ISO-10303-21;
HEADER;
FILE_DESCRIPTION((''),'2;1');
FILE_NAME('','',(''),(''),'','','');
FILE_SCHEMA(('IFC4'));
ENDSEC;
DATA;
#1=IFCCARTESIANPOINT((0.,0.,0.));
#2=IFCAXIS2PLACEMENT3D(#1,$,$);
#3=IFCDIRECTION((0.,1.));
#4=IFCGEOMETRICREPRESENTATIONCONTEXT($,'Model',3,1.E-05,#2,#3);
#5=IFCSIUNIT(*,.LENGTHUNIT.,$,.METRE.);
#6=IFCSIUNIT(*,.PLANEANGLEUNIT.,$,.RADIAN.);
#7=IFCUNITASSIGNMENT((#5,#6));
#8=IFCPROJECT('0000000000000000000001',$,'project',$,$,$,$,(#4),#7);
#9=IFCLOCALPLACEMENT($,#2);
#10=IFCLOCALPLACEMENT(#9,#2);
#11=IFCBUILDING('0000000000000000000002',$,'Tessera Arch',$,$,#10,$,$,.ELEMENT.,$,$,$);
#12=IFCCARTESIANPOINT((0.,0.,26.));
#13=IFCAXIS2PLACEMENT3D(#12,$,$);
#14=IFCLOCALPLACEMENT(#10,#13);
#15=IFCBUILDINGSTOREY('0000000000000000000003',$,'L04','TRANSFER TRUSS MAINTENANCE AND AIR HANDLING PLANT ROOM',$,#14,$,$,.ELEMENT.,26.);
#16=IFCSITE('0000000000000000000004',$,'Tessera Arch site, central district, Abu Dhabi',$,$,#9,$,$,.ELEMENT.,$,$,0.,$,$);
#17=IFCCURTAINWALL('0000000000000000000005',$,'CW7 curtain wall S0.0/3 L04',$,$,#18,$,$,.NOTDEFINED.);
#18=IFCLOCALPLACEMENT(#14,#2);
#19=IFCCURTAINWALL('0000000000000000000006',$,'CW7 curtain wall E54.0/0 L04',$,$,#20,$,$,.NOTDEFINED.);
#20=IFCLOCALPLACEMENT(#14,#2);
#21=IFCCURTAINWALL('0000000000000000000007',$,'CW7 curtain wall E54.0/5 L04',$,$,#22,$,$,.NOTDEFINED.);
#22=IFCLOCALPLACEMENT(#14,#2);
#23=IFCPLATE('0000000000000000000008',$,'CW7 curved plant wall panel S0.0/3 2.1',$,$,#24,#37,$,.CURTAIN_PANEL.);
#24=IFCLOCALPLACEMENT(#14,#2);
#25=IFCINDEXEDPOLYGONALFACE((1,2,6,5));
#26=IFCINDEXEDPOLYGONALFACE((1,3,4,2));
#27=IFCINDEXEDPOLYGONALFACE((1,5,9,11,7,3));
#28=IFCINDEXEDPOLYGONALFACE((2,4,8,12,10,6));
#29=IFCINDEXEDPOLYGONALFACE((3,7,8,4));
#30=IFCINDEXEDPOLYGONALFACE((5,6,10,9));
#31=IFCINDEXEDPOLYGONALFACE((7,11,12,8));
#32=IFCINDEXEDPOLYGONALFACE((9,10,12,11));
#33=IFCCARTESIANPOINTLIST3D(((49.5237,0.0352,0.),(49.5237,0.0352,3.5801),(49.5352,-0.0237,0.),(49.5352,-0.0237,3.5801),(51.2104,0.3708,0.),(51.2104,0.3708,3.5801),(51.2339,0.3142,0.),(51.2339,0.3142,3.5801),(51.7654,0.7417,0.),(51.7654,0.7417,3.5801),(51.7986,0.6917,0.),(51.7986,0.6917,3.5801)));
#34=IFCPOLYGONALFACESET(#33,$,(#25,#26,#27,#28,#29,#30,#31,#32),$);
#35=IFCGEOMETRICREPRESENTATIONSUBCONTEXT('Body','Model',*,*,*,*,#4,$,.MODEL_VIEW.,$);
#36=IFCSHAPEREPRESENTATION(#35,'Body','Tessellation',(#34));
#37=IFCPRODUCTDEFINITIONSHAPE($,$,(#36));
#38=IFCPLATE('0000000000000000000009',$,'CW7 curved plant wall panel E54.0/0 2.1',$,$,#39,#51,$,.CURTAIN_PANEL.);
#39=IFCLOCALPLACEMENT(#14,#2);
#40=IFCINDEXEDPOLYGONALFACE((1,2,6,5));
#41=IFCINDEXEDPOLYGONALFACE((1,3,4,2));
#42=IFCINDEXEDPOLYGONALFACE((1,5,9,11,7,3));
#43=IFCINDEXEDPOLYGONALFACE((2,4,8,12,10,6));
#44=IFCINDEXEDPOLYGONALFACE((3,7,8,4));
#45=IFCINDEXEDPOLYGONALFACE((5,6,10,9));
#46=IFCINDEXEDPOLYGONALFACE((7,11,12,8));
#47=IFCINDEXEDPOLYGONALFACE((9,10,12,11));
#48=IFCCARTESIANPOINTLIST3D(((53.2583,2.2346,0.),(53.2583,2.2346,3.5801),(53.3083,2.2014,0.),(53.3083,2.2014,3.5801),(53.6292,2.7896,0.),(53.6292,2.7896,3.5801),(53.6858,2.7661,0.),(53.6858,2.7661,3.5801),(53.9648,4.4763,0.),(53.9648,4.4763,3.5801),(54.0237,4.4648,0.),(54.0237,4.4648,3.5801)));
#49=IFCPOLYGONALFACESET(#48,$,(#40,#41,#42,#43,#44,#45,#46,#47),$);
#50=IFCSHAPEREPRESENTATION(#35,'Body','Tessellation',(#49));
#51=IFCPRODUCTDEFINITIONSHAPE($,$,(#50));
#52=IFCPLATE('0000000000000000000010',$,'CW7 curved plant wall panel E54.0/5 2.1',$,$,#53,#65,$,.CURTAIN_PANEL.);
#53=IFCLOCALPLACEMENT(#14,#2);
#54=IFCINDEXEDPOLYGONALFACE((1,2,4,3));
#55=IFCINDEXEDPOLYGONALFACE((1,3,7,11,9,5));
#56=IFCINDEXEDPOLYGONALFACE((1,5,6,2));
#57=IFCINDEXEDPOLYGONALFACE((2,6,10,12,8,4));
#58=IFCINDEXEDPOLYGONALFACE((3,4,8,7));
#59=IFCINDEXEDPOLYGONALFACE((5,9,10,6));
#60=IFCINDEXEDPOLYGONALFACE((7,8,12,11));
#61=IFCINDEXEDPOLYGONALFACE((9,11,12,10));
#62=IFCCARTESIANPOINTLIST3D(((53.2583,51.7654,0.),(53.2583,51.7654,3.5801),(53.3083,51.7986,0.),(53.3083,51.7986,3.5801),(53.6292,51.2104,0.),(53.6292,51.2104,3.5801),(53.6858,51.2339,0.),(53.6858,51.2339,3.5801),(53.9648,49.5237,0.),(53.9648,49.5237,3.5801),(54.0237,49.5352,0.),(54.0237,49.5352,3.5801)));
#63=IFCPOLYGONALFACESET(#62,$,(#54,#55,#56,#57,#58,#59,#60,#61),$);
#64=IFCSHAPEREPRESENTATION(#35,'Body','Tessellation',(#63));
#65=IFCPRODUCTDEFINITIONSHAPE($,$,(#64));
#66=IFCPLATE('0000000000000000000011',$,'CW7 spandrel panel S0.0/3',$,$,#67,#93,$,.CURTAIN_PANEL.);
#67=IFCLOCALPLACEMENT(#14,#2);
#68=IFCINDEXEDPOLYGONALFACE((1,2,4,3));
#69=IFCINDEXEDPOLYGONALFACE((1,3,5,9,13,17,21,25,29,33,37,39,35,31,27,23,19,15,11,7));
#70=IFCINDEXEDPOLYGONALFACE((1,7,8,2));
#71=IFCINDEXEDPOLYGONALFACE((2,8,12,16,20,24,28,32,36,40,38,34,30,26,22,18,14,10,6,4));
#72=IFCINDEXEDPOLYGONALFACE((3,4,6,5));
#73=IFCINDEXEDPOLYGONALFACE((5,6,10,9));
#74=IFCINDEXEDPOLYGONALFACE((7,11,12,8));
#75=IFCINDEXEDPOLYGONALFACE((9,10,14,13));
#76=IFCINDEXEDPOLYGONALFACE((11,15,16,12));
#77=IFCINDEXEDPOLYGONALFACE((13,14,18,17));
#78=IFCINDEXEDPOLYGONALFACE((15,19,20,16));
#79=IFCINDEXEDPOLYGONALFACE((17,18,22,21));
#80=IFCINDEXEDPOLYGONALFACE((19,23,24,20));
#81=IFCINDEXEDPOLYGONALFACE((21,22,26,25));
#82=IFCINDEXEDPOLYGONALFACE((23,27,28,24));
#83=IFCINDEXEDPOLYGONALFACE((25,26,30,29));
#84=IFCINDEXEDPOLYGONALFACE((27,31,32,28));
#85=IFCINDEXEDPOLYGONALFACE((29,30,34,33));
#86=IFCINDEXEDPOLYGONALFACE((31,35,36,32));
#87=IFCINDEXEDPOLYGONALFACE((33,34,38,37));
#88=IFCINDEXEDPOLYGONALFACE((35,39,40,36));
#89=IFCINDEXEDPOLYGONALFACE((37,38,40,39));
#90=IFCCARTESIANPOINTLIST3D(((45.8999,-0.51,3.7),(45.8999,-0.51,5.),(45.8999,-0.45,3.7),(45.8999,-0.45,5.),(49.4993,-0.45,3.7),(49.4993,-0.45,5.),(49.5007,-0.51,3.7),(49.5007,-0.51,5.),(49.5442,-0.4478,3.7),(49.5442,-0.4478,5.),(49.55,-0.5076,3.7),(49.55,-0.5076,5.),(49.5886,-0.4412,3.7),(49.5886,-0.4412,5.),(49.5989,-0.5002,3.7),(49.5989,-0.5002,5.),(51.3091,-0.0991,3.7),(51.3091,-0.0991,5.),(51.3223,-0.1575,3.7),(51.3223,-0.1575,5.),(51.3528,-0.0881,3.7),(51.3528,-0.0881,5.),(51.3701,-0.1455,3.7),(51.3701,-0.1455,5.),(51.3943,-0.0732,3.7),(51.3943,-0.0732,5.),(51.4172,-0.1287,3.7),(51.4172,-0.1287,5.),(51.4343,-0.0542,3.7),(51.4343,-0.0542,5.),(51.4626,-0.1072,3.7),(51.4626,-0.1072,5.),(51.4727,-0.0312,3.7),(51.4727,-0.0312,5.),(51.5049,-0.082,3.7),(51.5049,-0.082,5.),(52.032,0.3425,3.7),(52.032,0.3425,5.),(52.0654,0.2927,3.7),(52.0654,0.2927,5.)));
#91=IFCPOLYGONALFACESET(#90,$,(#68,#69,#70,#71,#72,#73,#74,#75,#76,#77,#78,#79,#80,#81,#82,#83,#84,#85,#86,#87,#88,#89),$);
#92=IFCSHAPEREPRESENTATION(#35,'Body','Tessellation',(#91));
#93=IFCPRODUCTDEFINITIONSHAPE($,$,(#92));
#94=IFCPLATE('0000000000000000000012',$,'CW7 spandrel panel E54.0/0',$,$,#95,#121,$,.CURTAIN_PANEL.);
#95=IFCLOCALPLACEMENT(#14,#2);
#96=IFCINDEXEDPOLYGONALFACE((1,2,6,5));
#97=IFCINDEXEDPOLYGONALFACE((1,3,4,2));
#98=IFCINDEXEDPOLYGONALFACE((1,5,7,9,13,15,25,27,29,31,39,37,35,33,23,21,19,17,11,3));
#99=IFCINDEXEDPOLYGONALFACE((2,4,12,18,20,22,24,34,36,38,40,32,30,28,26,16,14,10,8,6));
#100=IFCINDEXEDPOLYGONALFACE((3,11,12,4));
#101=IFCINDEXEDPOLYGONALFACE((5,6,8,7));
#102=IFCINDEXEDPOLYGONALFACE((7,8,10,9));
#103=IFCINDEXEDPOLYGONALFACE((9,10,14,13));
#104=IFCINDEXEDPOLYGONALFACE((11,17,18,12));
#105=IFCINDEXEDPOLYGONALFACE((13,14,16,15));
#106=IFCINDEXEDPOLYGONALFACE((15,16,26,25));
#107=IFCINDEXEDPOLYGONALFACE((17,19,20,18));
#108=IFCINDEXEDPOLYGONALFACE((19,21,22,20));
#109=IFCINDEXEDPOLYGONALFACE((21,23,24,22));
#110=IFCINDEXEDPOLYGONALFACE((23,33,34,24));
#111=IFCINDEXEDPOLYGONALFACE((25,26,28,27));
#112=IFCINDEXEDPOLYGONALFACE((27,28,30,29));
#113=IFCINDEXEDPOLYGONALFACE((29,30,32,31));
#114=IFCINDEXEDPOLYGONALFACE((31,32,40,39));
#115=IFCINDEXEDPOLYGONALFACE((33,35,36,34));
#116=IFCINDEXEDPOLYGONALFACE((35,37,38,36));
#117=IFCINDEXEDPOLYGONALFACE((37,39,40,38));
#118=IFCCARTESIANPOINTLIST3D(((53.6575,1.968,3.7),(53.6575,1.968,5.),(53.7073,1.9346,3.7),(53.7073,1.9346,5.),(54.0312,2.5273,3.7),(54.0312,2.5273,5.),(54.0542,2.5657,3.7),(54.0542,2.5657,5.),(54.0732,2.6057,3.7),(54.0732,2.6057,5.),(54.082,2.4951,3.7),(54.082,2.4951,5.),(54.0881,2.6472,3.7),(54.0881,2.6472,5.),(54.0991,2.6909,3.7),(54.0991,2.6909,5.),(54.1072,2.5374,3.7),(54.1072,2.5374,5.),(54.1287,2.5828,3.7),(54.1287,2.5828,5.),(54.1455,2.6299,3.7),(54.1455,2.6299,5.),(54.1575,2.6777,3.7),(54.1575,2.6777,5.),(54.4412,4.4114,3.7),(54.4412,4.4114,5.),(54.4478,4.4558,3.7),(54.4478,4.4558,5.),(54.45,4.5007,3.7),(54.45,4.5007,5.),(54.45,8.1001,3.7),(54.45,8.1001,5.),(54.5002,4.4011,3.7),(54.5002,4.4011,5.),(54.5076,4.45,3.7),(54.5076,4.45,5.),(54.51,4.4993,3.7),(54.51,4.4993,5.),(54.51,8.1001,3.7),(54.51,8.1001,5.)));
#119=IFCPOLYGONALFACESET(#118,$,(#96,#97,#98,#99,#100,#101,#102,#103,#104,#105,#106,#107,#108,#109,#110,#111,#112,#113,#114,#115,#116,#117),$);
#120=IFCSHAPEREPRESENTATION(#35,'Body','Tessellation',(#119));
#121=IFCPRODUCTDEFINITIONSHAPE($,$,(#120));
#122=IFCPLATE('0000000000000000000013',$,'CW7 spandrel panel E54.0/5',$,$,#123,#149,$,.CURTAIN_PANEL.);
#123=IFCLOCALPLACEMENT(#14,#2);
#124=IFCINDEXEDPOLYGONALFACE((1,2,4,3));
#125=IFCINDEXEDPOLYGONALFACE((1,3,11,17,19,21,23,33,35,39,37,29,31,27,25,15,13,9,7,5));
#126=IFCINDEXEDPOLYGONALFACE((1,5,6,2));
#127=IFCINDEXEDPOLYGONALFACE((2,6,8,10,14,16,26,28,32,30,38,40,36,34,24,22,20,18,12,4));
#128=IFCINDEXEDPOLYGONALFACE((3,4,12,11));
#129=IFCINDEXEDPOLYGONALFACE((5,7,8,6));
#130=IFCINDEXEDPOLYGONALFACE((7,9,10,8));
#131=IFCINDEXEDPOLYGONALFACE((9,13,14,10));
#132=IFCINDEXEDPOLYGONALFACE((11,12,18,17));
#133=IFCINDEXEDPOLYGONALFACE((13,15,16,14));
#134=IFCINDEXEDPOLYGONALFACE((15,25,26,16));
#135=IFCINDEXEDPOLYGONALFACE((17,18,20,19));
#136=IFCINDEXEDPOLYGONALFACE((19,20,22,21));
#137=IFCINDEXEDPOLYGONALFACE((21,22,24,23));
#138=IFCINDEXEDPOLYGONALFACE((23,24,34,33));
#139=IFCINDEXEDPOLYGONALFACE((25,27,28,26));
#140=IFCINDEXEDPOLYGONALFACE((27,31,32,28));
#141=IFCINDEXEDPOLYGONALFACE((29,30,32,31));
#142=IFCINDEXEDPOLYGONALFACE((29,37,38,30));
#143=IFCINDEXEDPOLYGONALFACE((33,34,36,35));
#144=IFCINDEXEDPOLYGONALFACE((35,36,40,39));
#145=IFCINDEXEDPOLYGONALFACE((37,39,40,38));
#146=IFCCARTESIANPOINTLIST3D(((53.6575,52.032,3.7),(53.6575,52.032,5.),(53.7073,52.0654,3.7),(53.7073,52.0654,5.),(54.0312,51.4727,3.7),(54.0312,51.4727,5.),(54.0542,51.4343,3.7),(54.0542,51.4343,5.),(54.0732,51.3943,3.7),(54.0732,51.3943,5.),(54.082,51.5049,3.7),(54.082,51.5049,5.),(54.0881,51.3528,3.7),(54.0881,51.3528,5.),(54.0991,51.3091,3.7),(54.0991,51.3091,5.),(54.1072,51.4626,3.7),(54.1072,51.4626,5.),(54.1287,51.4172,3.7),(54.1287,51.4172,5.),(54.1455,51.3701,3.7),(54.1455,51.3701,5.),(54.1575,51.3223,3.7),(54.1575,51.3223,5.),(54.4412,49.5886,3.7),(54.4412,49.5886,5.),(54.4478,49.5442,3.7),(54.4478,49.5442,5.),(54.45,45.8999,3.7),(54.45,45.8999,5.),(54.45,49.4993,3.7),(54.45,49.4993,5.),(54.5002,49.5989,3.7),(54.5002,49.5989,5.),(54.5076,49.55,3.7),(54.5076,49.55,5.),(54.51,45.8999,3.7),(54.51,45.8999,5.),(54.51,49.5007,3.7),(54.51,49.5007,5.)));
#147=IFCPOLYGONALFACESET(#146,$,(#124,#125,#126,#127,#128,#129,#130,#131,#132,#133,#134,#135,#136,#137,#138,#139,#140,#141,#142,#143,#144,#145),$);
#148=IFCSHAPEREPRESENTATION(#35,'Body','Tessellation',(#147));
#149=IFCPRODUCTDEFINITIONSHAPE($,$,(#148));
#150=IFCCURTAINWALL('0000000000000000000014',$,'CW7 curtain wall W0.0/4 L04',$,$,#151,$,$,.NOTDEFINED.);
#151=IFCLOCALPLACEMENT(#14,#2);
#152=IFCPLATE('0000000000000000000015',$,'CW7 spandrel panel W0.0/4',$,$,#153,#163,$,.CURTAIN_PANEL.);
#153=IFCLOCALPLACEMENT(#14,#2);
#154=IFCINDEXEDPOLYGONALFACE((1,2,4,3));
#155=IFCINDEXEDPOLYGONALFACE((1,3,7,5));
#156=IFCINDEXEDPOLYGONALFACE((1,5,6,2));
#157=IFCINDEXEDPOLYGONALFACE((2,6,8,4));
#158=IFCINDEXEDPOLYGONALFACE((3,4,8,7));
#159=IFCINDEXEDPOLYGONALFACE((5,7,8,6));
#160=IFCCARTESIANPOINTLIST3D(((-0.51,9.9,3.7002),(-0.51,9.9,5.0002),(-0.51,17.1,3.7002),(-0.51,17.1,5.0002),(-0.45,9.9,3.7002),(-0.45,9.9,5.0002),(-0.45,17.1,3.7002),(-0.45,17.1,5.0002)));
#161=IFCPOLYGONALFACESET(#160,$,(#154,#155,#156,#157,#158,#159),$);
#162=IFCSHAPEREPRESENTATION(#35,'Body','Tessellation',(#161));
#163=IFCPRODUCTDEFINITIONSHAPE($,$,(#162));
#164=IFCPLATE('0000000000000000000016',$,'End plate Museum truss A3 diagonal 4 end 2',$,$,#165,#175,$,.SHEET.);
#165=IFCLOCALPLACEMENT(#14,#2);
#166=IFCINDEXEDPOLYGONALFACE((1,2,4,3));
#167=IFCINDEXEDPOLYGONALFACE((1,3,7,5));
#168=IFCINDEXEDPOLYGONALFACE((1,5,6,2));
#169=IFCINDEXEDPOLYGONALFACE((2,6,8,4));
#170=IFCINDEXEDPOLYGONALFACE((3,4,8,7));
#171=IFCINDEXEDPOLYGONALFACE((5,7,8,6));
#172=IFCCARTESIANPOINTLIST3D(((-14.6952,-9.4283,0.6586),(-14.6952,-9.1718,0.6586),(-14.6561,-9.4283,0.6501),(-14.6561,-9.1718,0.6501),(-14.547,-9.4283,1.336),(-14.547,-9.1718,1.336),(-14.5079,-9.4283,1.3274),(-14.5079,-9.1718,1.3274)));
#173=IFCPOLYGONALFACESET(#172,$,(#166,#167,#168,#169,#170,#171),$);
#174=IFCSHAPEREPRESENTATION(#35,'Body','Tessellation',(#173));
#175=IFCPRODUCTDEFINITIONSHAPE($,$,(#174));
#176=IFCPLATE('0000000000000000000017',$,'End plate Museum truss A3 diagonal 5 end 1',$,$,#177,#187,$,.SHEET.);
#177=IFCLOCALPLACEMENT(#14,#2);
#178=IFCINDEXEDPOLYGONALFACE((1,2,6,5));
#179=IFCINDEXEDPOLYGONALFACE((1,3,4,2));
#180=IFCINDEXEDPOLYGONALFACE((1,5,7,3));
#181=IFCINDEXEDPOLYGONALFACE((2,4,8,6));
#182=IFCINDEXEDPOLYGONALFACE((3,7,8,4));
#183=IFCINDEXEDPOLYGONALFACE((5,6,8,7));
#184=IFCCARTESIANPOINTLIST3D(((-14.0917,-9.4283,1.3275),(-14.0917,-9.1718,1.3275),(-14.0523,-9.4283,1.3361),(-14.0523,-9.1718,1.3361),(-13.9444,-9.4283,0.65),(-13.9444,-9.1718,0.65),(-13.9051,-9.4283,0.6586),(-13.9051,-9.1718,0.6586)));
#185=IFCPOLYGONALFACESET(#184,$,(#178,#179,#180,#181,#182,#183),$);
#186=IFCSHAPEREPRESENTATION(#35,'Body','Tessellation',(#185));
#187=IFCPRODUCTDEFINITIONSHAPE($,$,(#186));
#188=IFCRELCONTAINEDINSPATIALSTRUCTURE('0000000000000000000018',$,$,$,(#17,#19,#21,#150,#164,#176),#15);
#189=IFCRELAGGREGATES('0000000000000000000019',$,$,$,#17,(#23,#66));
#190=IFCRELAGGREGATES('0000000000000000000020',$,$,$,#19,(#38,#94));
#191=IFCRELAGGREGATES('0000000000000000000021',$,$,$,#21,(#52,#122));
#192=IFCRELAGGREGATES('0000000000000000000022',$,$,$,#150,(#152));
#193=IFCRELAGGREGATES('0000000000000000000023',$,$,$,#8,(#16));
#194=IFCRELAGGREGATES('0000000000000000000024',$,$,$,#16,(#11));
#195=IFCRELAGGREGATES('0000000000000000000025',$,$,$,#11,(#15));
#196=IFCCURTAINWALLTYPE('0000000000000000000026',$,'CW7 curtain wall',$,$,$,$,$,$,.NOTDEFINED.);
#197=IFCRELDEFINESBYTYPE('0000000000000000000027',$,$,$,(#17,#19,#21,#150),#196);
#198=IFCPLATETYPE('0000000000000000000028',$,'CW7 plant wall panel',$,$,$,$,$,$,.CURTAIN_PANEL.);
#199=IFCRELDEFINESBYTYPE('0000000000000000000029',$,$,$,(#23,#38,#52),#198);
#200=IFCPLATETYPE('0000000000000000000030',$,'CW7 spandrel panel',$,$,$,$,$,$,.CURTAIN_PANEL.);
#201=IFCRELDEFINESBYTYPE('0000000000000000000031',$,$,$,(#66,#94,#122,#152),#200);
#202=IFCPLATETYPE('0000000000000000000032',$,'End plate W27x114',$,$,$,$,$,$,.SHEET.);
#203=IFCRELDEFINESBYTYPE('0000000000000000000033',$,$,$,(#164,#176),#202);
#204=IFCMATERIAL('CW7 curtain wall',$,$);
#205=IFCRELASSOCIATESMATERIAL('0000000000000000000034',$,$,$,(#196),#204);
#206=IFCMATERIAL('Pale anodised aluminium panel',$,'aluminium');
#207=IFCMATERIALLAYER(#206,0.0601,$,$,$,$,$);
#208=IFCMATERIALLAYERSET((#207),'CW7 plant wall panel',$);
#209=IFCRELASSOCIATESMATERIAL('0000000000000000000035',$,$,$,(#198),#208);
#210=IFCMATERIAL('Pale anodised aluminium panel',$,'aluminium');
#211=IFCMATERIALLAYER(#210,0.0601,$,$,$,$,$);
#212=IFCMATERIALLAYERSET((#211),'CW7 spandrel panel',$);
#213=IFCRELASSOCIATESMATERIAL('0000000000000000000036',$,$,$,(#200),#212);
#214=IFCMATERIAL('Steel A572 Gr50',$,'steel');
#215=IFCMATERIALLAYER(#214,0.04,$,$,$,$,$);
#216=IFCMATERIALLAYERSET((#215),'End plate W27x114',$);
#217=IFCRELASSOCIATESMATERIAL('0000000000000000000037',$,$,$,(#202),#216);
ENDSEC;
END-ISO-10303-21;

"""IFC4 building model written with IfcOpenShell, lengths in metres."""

from ifc_helpers import new_model, si_unit, direction, frame, origin, origin_2d, place, context, subcontext, project, spatial, polyline, rectangle, outline, extrude, material, layer, layer_set, type_object, element, aggregate, save


model = new_model("IFC4")

# Units and contexts
model_context = context("Model", 3, precision=1e-05, world=origin(), true_north=direction((0.0, 1.0)))
body_context = subcontext(model_context, "Body", "Model", "MODEL_VIEW")
ifc_project = project(units=[si_unit("LENGTHUNIT", "METRE"), si_unit("PLANEANGLEUNIT", "RADIAN")], contexts=[model_context])

# Site, building, storey
site_placement = place(None, origin())
site = spatial("IfcSite", under=ifc_project, at=site_placement, Name="Tessera Arch site, central district, Abu Dhabi", CompositionType="ELEMENT", RefElevation=0.0)
building_placement = place(site_placement, origin())
building = spatial("IfcBuilding", under=site, at=building_placement, Name="Tessera Arch", CompositionType="ELEMENT")
storey_placement = place(building_placement, frame((0.0, 0.0, 26.0)))
storey = spatial("IfcBuildingStorey", under=building, at=storey_placement, Name="L04", Description="TRANSFER TRUSS MAINTENANCE AND AIR HANDLING PLANT ROOM", CompositionType="ELEMENT", Elevation=26.0)

# Curtain walls
ifc_material_1 = material(Name="CW7 curtain wall")
curtain_wall_type = type_object("IfcCurtainWallType", Name="CW7 curtain wall", PredefinedType="NOTDEFINED", material=ifc_material_1)
curtain_wall_1_placement = place(storey_placement, origin())
curtain_wall_1 = element("IfcCurtainWall", 1, at=curtain_wall_1_placement, inside=storey, type_object=curtain_wall_type, Name="CW7 curtain wall S0.0/3 L04", PredefinedType="NOTDEFINED")
curtain_wall_2_placement = place(storey_placement, origin())
curtain_wall_2 = element("IfcCurtainWall", 2, at=curtain_wall_2_placement, inside=storey, type_object=curtain_wall_type, Name="CW7 curtain wall E54.0/0 L04", PredefinedType="NOTDEFINED")
curtain_wall_3_placement = place(storey_placement, origin())
curtain_wall_3 = element("IfcCurtainWall", 3, at=curtain_wall_3_placement, inside=storey, type_object=curtain_wall_type, Name="CW7 curtain wall E54.0/5 L04", PredefinedType="NOTDEFINED")

# Plates
ifc_material_2 = material(Name="Pale anodised aluminium panel", Category="aluminium")
ifc_layer_1 = layer(ifc_material_2, 0.0601)
ifc_layer_set_1 = layer_set([ifc_layer_1], Name="CW7 plant wall panel")
plate_type_1 = type_object("IfcPlateType", Name="CW7 plant wall panel", PredefinedType="CURTAIN_PANEL", material=ifc_layer_set_1)
plate_1_placement = place(storey_placement, origin())
plate_1 = element("IfcPlate", 4, at=plate_1_placement, type_object=plate_type_1, Name="CW7 curved plant wall panel S0.0/3 2.1", PredefinedType="CURTAIN_PANEL", context=body_context, shape_type="SweptSolid", body=[
    extrude(outline(polyline([(51.2104, 0.3708), (49.5237, 0.0352), (49.5352, -0.0237), (51.2339, 0.3142), (51.7986, 0.6917), (51.7654, 0.7417), (51.2104, 0.3708)])), origin(), (0.0, 0.0, 1.0), 3.5801),
])
plate_2_placement = place(storey_placement, origin())
plate_2 = element("IfcPlate", 5, at=plate_2_placement, type_object=plate_type_1, Name="CW7 curved plant wall panel E54.0/0 2.1", PredefinedType="CURTAIN_PANEL", context=body_context, shape_type="SweptSolid", body=[
    extrude(outline(polyline([(53.6292, 2.7896), (53.2583, 2.2346), (53.3083, 2.2014), (53.6858, 2.7661), (54.0237, 4.4648), (53.9648, 4.4763), (53.6292, 2.7896)])), origin(), (0.0, 0.0, 1.0), 3.5801),
])
plate_3_placement = place(storey_placement, origin())
plate_3 = element("IfcPlate", 6, at=plate_3_placement, type_object=plate_type_1, Name="CW7 curved plant wall panel E54.0/5 2.1", PredefinedType="CURTAIN_PANEL", context=body_context, shape_type="SweptSolid", body=[
    extrude(outline(polyline([(53.6292, 51.2104), (53.9648, 49.5237), (54.0237, 49.5352), (53.6858, 51.2339), (53.3083, 51.7986), (53.2583, 51.7654), (53.6292, 51.2104)])), origin(), (0.0, 0.0, 1.0), 3.5801),
])
ifc_material_3 = material(Name="Pale anodised aluminium panel", Category="aluminium")
ifc_layer_2 = layer(ifc_material_3, 0.0601)
ifc_layer_set_2 = layer_set([ifc_layer_2], Name="CW7 spandrel panel")
plate_type_2 = type_object("IfcPlateType", Name="CW7 spandrel panel", PredefinedType="CURTAIN_PANEL", material=ifc_layer_set_2)
plate_4_placement = place(storey_placement, frame((0.0, 0.0, 3.7)))
plate_4 = element("IfcPlate", 7, at=plate_4_placement, type_object=plate_type_2, Name="CW7 spandrel panel S0.0/3", PredefinedType="CURTAIN_PANEL", context=body_context, shape_type="SweptSolid", body=[
    extrude(outline(polyline([(49.4993, -0.45), (45.8999, -0.45), (45.8999, -0.51), (49.5007, -0.51), (49.55, -0.5076), (49.5989, -0.5002), (51.3223, -0.1575), (51.3701, -0.1455), (51.4172, -0.1287), (51.4626, -0.1072), (51.5049, -0.082), (52.0654, 0.2927), (52.032, 0.3425), (51.4727, -0.0312), (51.4343, -0.0542), (51.3943, -0.0732), (51.3528, -0.0881), (51.3091, -0.0991), (49.5886, -0.4412), (49.5442, -0.4478), (49.4993, -0.45)])), origin(), (0.0, 0.0, 1.0), 1.3),
])
aggregate(curtain_wall_1, [plate_1, plate_4])
plate_5_placement = place(storey_placement, frame((0.0, 0.0, 3.7)))
plate_5 = element("IfcPlate", 8, at=plate_5_placement, type_object=plate_type_2, Name="CW7 spandrel panel E54.0/0", PredefinedType="CURTAIN_PANEL", context=body_context, shape_type="SweptSolid", body=[
    extrude(outline(polyline([(54.0312, 2.5273), (53.6575, 1.968), (53.7073, 1.9346), (54.082, 2.4951), (54.1072, 2.5374), (54.1287, 2.5828), (54.1455, 2.6299), (54.1575, 2.6777), (54.5002, 4.4011), (54.5076, 4.45), (54.51, 4.4993), (54.51, 8.1001), (54.45, 8.1001), (54.45, 4.5007), (54.4478, 4.4558), (54.4412, 4.4114), (54.0991, 2.6909), (54.0881, 2.6472), (54.0732, 2.6057), (54.0542, 2.5657), (54.0312, 2.5273)])), origin(), (0.0, 0.0, 1.0), 1.3),
])
aggregate(curtain_wall_2, [plate_2, plate_5])
plate_6_placement = place(storey_placement, frame((0.0, 0.0, 3.7)))
plate_6 = element("IfcPlate", 9, at=plate_6_placement, type_object=plate_type_2, Name="CW7 spandrel panel E54.0/5", PredefinedType="CURTAIN_PANEL", context=body_context, shape_type="SweptSolid", body=[
    extrude(outline(polyline([(54.45, 49.4993), (54.45, 45.8999), (54.51, 45.8999), (54.51, 49.5007), (54.5076, 49.55), (54.5002, 49.5989), (54.1575, 51.3223), (54.1455, 51.3701), (54.1287, 51.4172), (54.1072, 51.4626), (54.082, 51.5049), (53.7073, 52.0654), (53.6575, 52.032), (54.0312, 51.4727), (54.0542, 51.4343), (54.0732, 51.3943), (54.0881, 51.3528), (54.0991, 51.3091), (54.4412, 49.5886), (54.4478, 49.5442), (54.45, 49.4993)])), origin(), (0.0, 0.0, 1.0), 1.3),
])
aggregate(curtain_wall_3, [plate_3, plate_6])

# Curtain wall, plate
curtain_wall_4_placement = place(storey_placement, origin())
curtain_wall_4 = element("IfcCurtainWall", 10, at=curtain_wall_4_placement, inside=storey, type_object=curtain_wall_type, Name="CW7 curtain wall W0.0/4 L04", PredefinedType="NOTDEFINED")
plate_7_placement = place(storey_placement, frame((-0.48, 13.5, 3.7002), z_axis=(0.0, 0.0, 1.0), x_axis=(0.0, -1.0, 0.0)))
plate_7 = element("IfcPlate", 11, at=plate_7_placement, type_object=plate_type_2, Name="CW7 spandrel panel W0.0/4", PredefinedType="CURTAIN_PANEL", context=body_context, shape_type="SweptSolid", body=[
    extrude(rectangle(XDim=7.2, YDim=0.0601, at=origin_2d()), origin(), (0.0, 0.0, 1.0), 1.3),
])
aggregate(curtain_wall_4, [plate_7])

# Plates
ifc_material_4 = material(Name="Steel A572 Gr50", Category="steel")
ifc_layer_3 = layer(ifc_material_4, 0.04)
ifc_layer_set_3 = layer_set([ifc_layer_3], Name="End plate W27x114")
plate_type_3 = type_object("IfcPlateType", Name="End plate W27x114", PredefinedType="SHEET", material=ifc_layer_set_3)
plate_8_placement = place(storey_placement, frame((-14.6211, -9.3, 0.9973), z_axis=(0.9769, 0.0, -0.213697), x_axis=(0.0, 1.0, 0.0)))
element("IfcPlate", 12, at=plate_8_placement, inside=storey, type_object=plate_type_3, Name="End plate Museum truss A3 diagonal 4 end 2", PredefinedType="SHEET", context=body_context, shape_type="SweptSolid", body=[
    extrude(rectangle(XDim=0.2566, YDim=0.6934, at=origin_2d()), origin(), (0.0, 0.0, 1.0), 0.04),
])
plate_9_placement = place(storey_placement, frame((-14.0181, -9.3, 0.9888), z_axis=(0.977176, 0.0, 0.21243), x_axis=(0.0, 1.0, 0.0)))
element("IfcPlate", 13, at=plate_9_placement, inside=storey, type_object=plate_type_3, Name="End plate Museum truss A3 diagonal 5 end 1", PredefinedType="SHEET", context=body_context, shape_type="SweptSolid", body=[
    extrude(rectangle(XDim=0.2566, YDim=0.6934, at=origin_2d()), origin(), (0.0, 0.0, 1.0), 0.0403),
])

save(model, "model.ifc")
